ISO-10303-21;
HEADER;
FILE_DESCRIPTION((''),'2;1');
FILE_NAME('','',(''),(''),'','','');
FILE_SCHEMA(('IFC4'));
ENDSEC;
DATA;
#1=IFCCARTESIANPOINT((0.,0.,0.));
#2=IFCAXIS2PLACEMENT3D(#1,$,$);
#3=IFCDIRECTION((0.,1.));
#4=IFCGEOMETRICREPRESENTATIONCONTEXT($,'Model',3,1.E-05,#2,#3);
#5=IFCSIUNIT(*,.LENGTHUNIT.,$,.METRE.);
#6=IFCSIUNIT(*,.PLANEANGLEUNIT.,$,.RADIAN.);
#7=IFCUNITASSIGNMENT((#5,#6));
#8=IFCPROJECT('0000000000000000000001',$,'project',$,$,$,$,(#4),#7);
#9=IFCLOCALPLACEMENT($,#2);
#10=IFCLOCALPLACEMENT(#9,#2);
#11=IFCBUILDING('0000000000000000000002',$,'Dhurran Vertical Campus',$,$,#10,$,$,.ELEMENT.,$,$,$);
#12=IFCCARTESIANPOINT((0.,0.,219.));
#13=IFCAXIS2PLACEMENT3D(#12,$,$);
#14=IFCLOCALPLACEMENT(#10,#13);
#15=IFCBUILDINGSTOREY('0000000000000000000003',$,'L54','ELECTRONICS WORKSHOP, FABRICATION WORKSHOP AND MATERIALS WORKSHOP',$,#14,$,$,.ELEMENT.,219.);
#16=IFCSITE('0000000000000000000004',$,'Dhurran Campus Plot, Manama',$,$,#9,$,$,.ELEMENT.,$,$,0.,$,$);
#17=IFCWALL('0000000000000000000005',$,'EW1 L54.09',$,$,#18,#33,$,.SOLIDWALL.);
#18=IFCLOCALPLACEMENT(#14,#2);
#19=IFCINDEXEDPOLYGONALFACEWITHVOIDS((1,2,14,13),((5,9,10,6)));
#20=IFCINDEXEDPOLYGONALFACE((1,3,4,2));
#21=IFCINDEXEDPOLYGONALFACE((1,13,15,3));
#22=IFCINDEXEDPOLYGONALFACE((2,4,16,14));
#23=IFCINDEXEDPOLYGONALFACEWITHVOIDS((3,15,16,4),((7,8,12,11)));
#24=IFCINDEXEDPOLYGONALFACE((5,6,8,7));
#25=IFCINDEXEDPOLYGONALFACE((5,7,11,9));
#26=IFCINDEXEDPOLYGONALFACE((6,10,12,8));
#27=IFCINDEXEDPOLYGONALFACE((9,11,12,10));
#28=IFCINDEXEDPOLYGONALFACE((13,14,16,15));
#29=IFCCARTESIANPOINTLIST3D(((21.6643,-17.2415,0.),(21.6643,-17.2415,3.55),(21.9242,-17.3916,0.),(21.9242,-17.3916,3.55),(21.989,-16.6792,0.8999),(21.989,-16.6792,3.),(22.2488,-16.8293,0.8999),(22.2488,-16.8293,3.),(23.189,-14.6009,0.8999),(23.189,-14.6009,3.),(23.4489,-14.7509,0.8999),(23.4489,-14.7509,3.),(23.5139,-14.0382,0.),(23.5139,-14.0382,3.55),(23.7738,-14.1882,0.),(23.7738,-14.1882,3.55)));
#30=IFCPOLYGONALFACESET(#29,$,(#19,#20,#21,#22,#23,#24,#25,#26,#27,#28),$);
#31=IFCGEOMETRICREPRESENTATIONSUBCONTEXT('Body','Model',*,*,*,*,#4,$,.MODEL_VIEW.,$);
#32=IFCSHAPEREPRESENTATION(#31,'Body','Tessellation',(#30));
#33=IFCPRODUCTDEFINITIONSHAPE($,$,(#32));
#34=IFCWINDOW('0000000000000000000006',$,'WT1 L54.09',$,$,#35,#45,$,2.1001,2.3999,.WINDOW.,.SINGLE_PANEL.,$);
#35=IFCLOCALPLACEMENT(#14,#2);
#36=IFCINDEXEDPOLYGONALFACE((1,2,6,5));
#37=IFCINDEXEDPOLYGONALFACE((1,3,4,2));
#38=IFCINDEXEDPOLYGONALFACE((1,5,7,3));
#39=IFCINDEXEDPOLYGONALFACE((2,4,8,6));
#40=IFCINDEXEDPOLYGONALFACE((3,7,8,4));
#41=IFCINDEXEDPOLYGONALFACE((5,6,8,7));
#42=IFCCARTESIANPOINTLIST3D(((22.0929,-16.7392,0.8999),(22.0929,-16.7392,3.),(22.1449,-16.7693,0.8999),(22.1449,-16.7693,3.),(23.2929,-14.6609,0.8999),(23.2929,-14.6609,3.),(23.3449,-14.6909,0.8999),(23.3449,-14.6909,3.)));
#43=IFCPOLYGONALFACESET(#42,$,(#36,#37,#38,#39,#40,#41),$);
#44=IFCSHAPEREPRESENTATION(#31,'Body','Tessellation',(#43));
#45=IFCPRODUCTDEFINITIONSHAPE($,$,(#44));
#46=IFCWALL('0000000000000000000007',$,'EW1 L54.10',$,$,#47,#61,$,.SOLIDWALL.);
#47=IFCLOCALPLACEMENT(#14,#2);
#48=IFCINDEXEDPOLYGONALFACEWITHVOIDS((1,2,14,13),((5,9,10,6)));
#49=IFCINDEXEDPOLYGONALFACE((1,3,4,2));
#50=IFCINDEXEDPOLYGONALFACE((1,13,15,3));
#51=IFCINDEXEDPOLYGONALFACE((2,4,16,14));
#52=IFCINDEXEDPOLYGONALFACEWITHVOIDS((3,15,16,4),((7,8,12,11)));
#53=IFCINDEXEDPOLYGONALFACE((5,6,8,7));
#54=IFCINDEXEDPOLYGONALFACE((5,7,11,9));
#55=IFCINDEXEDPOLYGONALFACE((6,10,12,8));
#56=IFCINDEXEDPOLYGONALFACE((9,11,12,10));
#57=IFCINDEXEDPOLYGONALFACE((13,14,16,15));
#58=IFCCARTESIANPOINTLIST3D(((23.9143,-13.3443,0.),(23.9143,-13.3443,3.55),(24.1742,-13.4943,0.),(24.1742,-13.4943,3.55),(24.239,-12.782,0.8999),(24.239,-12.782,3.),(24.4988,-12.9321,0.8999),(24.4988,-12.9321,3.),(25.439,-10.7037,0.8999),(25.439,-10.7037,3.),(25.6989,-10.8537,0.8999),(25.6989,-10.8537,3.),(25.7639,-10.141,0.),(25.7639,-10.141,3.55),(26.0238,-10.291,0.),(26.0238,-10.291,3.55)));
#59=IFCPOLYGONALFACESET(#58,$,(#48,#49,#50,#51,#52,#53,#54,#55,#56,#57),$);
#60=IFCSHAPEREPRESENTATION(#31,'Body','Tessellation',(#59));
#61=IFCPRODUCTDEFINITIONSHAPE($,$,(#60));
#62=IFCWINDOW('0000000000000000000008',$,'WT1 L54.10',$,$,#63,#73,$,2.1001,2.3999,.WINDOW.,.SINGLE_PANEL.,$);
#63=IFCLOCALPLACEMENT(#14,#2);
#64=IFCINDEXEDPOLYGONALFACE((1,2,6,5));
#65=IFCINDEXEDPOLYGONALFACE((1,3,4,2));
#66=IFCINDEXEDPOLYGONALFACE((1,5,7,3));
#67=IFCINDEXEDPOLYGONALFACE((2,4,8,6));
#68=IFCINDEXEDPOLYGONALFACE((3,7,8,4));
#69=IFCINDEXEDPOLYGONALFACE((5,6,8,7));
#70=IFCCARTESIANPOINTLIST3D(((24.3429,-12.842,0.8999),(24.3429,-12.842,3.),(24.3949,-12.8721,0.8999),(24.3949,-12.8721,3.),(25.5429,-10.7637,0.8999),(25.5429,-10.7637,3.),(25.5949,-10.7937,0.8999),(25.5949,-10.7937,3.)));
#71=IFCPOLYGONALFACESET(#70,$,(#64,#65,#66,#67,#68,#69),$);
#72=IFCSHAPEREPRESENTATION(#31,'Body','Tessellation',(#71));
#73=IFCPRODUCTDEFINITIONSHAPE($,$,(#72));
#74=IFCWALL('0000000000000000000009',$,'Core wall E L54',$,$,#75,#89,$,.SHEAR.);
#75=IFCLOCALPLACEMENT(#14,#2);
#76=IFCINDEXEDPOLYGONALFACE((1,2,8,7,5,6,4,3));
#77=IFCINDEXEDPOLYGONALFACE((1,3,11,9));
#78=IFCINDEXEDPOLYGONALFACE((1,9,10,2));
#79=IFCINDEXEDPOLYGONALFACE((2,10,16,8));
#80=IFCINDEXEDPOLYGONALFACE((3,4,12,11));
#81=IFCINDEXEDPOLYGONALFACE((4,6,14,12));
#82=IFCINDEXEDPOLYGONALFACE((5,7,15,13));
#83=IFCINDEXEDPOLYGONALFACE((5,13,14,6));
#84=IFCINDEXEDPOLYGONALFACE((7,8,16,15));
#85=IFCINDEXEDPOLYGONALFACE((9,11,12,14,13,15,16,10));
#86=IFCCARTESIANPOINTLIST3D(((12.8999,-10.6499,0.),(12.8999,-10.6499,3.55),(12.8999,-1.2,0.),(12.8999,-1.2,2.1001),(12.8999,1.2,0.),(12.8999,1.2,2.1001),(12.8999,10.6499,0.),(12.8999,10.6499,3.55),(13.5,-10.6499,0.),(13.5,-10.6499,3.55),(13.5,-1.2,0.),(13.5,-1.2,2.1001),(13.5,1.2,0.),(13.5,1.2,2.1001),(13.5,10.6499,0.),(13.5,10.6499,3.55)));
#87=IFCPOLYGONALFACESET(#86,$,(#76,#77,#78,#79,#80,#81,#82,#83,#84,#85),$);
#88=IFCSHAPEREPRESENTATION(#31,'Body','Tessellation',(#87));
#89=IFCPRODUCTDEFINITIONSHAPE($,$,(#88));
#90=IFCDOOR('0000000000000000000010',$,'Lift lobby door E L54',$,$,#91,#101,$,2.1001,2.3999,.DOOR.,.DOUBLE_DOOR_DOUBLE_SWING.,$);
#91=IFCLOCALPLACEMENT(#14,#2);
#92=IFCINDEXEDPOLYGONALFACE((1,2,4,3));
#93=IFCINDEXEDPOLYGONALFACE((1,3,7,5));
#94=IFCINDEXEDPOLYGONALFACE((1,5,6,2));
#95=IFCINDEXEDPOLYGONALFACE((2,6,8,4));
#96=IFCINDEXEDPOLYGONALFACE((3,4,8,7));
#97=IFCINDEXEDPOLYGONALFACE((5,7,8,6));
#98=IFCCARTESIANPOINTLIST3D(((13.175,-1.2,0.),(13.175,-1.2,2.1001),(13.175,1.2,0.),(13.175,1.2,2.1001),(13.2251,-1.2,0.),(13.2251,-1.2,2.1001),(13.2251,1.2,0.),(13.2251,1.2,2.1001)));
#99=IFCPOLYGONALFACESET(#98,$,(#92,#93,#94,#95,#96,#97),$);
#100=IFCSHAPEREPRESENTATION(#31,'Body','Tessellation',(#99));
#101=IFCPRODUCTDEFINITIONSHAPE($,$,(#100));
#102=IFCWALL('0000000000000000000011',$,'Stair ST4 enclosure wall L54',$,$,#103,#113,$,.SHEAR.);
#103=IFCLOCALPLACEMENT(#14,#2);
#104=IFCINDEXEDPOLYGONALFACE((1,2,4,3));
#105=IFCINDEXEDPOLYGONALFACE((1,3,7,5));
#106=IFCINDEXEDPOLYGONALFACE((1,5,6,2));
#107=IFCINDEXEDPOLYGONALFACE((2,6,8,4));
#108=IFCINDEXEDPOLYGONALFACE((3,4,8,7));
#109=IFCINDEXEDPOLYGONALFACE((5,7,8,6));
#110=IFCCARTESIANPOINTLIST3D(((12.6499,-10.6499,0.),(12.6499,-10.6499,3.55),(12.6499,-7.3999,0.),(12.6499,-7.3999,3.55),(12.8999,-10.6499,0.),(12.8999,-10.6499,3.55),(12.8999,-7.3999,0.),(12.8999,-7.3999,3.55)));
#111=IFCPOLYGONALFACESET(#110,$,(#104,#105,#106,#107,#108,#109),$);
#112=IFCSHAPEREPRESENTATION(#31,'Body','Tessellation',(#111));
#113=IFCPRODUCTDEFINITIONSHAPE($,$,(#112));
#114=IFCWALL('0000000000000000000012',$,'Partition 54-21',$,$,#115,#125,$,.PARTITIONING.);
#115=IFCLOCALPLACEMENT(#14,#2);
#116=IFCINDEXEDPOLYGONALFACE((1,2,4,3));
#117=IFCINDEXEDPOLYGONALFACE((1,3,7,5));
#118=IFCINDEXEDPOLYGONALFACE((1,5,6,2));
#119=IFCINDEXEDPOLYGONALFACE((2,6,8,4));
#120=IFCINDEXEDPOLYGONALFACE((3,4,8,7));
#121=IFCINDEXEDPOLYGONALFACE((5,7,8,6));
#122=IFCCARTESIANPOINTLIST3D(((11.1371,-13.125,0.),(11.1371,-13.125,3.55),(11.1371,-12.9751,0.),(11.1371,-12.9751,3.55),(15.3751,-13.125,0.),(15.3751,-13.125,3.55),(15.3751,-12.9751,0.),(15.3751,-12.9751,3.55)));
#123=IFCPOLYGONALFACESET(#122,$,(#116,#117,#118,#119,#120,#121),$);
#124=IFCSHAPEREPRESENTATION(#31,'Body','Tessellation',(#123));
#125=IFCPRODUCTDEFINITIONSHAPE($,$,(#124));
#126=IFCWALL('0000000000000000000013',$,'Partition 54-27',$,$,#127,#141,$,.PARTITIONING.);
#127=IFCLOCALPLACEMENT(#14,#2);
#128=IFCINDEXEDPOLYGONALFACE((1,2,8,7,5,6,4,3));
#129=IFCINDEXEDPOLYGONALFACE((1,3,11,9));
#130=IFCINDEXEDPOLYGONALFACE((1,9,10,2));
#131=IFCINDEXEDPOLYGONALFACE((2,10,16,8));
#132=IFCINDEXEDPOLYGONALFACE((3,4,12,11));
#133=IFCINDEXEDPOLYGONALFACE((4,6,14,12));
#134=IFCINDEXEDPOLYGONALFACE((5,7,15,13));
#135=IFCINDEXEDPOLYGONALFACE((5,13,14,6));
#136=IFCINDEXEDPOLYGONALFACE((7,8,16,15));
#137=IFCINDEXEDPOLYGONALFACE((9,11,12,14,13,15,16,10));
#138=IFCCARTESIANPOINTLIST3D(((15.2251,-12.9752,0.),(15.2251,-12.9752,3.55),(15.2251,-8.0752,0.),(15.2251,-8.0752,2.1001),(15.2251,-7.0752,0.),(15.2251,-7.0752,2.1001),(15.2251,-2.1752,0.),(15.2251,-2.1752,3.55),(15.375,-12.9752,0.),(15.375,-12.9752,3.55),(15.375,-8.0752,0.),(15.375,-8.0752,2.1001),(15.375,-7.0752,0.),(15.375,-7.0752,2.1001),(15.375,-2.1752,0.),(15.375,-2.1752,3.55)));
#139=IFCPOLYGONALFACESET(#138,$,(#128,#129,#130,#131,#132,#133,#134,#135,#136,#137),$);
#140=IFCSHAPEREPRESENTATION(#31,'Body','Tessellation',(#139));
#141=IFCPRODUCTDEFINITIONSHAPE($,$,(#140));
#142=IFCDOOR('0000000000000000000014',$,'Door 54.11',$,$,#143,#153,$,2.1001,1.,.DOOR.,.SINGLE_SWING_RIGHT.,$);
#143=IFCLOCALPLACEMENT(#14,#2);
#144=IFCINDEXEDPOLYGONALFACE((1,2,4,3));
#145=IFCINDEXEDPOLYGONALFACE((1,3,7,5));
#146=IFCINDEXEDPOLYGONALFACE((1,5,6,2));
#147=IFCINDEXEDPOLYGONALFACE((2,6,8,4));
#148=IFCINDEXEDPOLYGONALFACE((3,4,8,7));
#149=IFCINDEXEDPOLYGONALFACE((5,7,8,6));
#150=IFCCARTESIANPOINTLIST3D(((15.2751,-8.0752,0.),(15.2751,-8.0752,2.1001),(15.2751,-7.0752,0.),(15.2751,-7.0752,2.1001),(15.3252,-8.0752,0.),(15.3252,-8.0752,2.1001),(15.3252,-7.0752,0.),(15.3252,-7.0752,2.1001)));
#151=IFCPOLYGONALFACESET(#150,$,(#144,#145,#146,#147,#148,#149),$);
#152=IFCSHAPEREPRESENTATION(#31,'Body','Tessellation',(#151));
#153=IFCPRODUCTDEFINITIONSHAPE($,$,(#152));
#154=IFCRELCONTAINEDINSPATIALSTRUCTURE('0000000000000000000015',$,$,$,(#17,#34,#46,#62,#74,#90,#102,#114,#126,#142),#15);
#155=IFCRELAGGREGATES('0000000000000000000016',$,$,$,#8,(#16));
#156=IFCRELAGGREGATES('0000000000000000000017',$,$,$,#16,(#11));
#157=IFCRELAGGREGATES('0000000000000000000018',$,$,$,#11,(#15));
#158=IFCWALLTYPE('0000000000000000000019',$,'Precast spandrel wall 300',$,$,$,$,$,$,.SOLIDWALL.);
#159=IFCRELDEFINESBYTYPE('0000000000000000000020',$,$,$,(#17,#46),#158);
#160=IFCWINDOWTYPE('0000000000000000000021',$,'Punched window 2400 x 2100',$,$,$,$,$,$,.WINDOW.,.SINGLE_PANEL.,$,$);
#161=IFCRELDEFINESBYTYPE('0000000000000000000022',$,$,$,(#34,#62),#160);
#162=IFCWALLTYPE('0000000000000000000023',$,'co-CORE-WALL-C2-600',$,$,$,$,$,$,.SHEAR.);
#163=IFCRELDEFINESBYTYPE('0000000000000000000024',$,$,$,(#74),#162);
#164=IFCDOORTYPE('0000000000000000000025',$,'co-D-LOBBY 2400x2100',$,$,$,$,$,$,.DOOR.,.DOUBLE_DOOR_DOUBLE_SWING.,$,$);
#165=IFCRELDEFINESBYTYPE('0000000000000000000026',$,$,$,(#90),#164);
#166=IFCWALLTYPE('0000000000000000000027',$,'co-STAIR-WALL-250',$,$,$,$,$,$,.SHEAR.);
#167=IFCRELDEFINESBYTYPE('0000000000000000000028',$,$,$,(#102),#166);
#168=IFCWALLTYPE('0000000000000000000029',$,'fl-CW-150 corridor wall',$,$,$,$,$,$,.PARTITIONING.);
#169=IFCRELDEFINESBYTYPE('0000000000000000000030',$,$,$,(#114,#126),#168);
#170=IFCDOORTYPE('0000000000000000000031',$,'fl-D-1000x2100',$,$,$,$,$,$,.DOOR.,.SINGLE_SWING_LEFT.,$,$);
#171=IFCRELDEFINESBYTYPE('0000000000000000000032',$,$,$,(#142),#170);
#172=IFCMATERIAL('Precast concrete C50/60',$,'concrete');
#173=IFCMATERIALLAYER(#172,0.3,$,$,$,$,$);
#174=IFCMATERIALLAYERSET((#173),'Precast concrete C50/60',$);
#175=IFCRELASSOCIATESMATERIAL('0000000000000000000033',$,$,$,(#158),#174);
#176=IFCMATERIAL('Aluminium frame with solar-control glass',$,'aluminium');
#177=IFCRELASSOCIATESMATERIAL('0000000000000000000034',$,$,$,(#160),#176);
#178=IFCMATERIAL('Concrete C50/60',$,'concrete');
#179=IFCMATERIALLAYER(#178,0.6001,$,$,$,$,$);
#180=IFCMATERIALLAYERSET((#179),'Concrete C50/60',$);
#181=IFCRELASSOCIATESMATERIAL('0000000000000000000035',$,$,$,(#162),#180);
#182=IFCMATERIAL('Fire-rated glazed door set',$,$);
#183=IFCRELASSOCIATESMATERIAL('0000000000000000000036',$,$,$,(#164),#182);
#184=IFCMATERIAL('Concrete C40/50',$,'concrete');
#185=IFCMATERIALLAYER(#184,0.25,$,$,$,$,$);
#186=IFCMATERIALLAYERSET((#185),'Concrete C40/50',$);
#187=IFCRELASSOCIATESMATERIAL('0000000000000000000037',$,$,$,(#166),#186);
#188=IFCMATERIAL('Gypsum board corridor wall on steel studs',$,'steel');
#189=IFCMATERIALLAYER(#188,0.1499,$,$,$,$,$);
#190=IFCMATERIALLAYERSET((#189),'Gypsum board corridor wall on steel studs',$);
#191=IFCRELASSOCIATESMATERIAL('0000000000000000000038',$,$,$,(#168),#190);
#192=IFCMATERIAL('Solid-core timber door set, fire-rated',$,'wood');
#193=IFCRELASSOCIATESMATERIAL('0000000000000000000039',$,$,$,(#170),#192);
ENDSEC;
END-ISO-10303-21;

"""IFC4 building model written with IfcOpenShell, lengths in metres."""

from ifc_helpers import new_model, si_unit, direction, frame, frame_2d, origin, place, context, subcontext, project, spatial, rectangle, extrude, material, layer, layer_set, type_object, element, fill, save


model = new_model("IFC4")

# Units and contexts
model_context = context("Model", 3, precision=1e-05, world=origin(), true_north=direction((0.0, 1.0)))
body_context = subcontext(model_context, "Body", "Model", "MODEL_VIEW")
ifc_project = project(units=[si_unit("LENGTHUNIT", "METRE"), si_unit("PLANEANGLEUNIT", "RADIAN")], contexts=[model_context])

# Site, building, storey
site_placement = place(None, origin())
site = spatial("IfcSite", under=ifc_project, at=site_placement, Name="Dhurran Campus Plot, Manama", CompositionType="ELEMENT", RefElevation=0.0)
building_placement = place(site_placement, origin())
building = spatial("IfcBuilding", under=site, at=building_placement, Name="Dhurran Vertical Campus", CompositionType="ELEMENT")
storey_placement = place(building_placement, frame((0.0, 0.0, 219.0)))
storey = spatial("IfcBuildingStorey", under=building, at=storey_placement, Name="L54", Description="ELECTRONICS WORKSHOP, FABRICATION WORKSHOP AND MATERIALS WORKSHOP", CompositionType="ELEMENT", Elevation=219.0)

# Walls, openings, windows
ifc_material_1 = material(Name="Precast concrete C50/60", Category="concrete")
ifc_layer_1 = layer(ifc_material_1, 0.3)
ifc_layer_set_1 = layer_set([ifc_layer_1], Name="Precast concrete C50/60")
wall_type_1 = type_object("IfcWallType", Name="Precast spandrel wall 300", PredefinedType="SOLIDWALL", material=ifc_layer_set_1)
ifc_material_2 = material(Name="Aluminium frame with solar-control glass", Category="aluminium")
window_type = type_object("IfcWindowType", Name="Punched window 2400 x 2100", PartitioningType="SINGLE_PANEL", PredefinedType="WINDOW", material=ifc_material_2)
wall_1_placement = place(storey_placement, frame((21.7942, -17.3167, 0.0), z_axis=(0.0, 0.0, 1.0), x_axis=(0.500029, 0.866009, 0.0)))
wall_1 = element("IfcWall", 1, at=wall_1_placement, inside=storey, type_object=wall_type_1, Name="EW1 L54.09", PredefinedType="SOLIDWALL", context=body_context, shape_type="SweptSolid", body=[
    extrude(rectangle(XDim=3.699, YDim=0.3, at=frame_2d((1.8496, 0.0))), origin(), (0.0, 0.0, 1.0), 3.55),
])
opening_1_placement = place(wall_1_placement, frame((0.6494, 0.0, 0.8999)))
opening_1 = element("IfcOpeningElement", 2, at=opening_1_placement, cuts=wall_1, PredefinedType="OPENING", context=body_context, shape_type="SweptSolid", body=[
    extrude(rectangle(XDim=2.3999, YDim=2.1001, at=frame_2d((1.2, 1.05))), frame((0.0, 0.1599, 0.0), z_axis=(0.0, -1.0, 0.0), x_axis=(1.0, 0.0, 0.0)), (0.0, 0.0, 1.0), 0.3201),
])
window_1_placement = place(opening_1_placement, origin())
window_1 = element("IfcWindow", 3, at=window_1_placement, inside=storey, type_object=window_type, Name="WT1 L54.09", OverallHeight=2.1001, OverallWidth=2.3999, PartitioningType="SINGLE_PANEL", PredefinedType="WINDOW", context=body_context, shape_type="SweptSolid", body=[
    extrude(rectangle(XDim=2.3999, YDim=2.1001, at=frame_2d((1.2, 1.05))), frame((0.0, 0.03, 0.0), z_axis=(0.0, -1.0, 0.0), x_axis=(1.0, 0.0, 0.0)), (0.0, 0.0, 1.0), 0.0601),
])
fill(opening_1, window_1)
wall_2_placement = place(storey_placement, frame((24.0442, -13.4194, 0.0), z_axis=(0.0, 0.0, 1.0), x_axis=(0.500029, 0.866009, 0.0)))
wall_2 = element("IfcWall", 4, at=wall_2_placement, inside=storey, type_object=wall_type_1, Name="EW1 L54.10", PredefinedType="SOLIDWALL", context=body_context, shape_type="SweptSolid", body=[
    extrude(rectangle(XDim=3.699, YDim=0.3, at=frame_2d((1.8496, 0.0))), origin(), (0.0, 0.0, 1.0), 3.55),
])
opening_2_placement = place(wall_2_placement, frame((0.6494, 0.0, 0.8999)))
opening_2 = element("IfcOpeningElement", 5, at=opening_2_placement, cuts=wall_2, PredefinedType="OPENING", context=body_context, shape_type="SweptSolid", body=[
    extrude(rectangle(XDim=2.3999, YDim=2.1001, at=frame_2d((1.2, 1.05))), frame((0.0, 0.1599, 0.0), z_axis=(0.0, -1.0, 0.0), x_axis=(1.0, 0.0, 0.0)), (0.0, 0.0, 1.0), 0.3201),
])
window_2_placement = place(opening_2_placement, origin())
window_2 = element("IfcWindow", 6, at=window_2_placement, inside=storey, type_object=window_type, Name="WT1 L54.10", OverallHeight=2.1001, OverallWidth=2.3999, PartitioningType="SINGLE_PANEL", PredefinedType="WINDOW", context=body_context, shape_type="SweptSolid", body=[
    extrude(rectangle(XDim=2.3999, YDim=2.1001, at=frame_2d((1.2, 1.05))), frame((0.0, 0.03, 0.0), z_axis=(0.0, -1.0, 0.0), x_axis=(1.0, 0.0, 0.0)), (0.0, 0.0, 1.0), 0.0601),
])
fill(opening_2, window_2)

# Wall, opening, door
ifc_material_3 = material(Name="Concrete C50/60", Category="concrete")
ifc_layer_2 = layer(ifc_material_3, 0.6001)
ifc_layer_set_2 = layer_set([ifc_layer_2], Name="Concrete C50/60")
wall_type_2 = type_object("IfcWallType", Name="co-CORE-WALL-C2-600", PredefinedType="SHEAR", material=ifc_layer_set_2)
wall_3_placement = place(storey_placement, frame((13.2, -10.6499, 0.0), z_axis=(0.0, 0.0, 1.0), x_axis=(0.0, 1.0, 0.0)))
wall_3 = element("IfcWall", 7, at=wall_3_placement, inside=storey, type_object=wall_type_2, Name="Core wall E L54", PredefinedType="SHEAR", context=body_context, shape_type="SweptSolid", body=[
    extrude(rectangle(XDim=21.2998, YDim=0.6001, at=frame_2d((10.6499, 0.0))), origin(), (0.0, 0.0, 1.0), 3.55),
])
opening_3_placement = place(wall_3_placement, frame((9.45, 0.0, 0.0)))
opening_3 = element("IfcOpeningElement", 8, at=opening_3_placement, cuts=wall_3, PredefinedType="OPENING", context=body_context, shape_type="SweptSolid", body=[
    extrude(rectangle(XDim=2.3999, YDim=2.1001, at=frame_2d((1.2, 1.05))), frame((0.0, 0.3101, 0.0), z_axis=(0.0, -1.0, 0.0), x_axis=(1.0, 0.0, 0.0)), (0.0, 0.0, 1.0), 0.6201),
])
ifc_material_4 = material(Name="Fire-rated glazed door set")
door_type_1 = type_object("IfcDoorType", Name="co-D-LOBBY 2400x2100", OperationType="DOUBLE_DOOR_DOUBLE_SWING", PredefinedType="DOOR", material=ifc_material_4)
door_1_placement = place(opening_3_placement, origin())
door_1 = element("IfcDoor", 9, at=door_1_placement, inside=storey, type_object=door_type_1, Name="Lift lobby door E L54", OperationType="DOUBLE_DOOR_DOUBLE_SWING", OverallHeight=2.1001, OverallWidth=2.3999, PredefinedType="DOOR", context=body_context, shape_type="SweptSolid", body=[
    extrude(rectangle(XDim=2.3999, YDim=2.1001, at=frame_2d((1.2, 1.05))), frame((0.0, 0.0249, 0.0), z_axis=(0.0, -1.0, 0.0), x_axis=(1.0, 0.0, 0.0)), (0.0, 0.0, 1.0), 0.05),
])
fill(opening_3, door_1)

# Walls
ifc_material_5 = material(Name="Concrete C40/50", Category="concrete")
ifc_layer_3 = layer(ifc_material_5, 0.25)
ifc_layer_set_3 = layer_set([ifc_layer_3], Name="Concrete C40/50")
wall_type_3 = type_object("IfcWallType", Name="co-STAIR-WALL-250", PredefinedType="SHEAR", material=ifc_layer_set_3)
wall_4_placement = place(storey_placement, frame((12.7749, -10.6499, 0.0), z_axis=(0.0, 0.0, 1.0), x_axis=(0.0, 1.0, 0.0)))
element("IfcWall", 10, at=wall_4_placement, inside=storey, type_object=wall_type_3, Name="Stair ST4 enclosure wall L54", PredefinedType="SHEAR", context=body_context, shape_type="SweptSolid", body=[
    extrude(rectangle(XDim=3.25, YDim=0.25, at=frame_2d((1.625, 0.0))), origin(), (0.0, 0.0, 1.0), 3.55),
])
ifc_material_6 = material(Name="Gypsum board corridor wall on steel studs", Category="steel")
ifc_layer_4 = layer(ifc_material_6, 0.1499)
ifc_layer_set_4 = layer_set([ifc_layer_4], Name="Gypsum board corridor wall on steel studs")
wall_type_4 = type_object("IfcWallType", Name="fl-CW-150 corridor wall", PredefinedType="PARTITIONING", material=ifc_layer_set_4)
wall_5_placement = place(storey_placement, frame((11.137, -13.05, 0.0), z_axis=(0.0, 0.0, 1.0), x_axis=(1.0, 0.0, 0.0)))
element("IfcWall", 11, at=wall_5_placement, inside=storey, type_object=wall_type_4, Name="Partition 54-21", PredefinedType="PARTITIONING", context=body_context, shape_type="SweptSolid", body=[
    extrude(rectangle(XDim=4.238, YDim=0.1499, at=frame_2d((2.1191, 0.0))), origin(), (0.0, 0.0, 1.0), 3.55),
])

# Wall, opening, door
wall_6_placement = place(storey_placement, frame((15.3, -12.9751, 0.0), z_axis=(0.0, 0.0, 1.0), x_axis=(0.0, 1.0, 0.0)))
wall_6 = element("IfcWall", 12, at=wall_6_placement, inside=storey, type_object=wall_type_4, Name="Partition 54-27", PredefinedType="PARTITIONING", context=body_context, shape_type="SweptSolid", body=[
    extrude(rectangle(XDim=10.8, YDim=0.1499, at=frame_2d((5.3999, 0.0))), origin(), (0.0, 0.0, 1.0), 3.55),
])
opening_4_placement = place(wall_6_placement, frame((4.8999, 0.0, 0.0)))
opening_4 = element("IfcOpeningElement", 13, at=opening_4_placement, cuts=wall_6, PredefinedType="OPENING", context=body_context, shape_type="SweptSolid", body=[
    extrude(rectangle(XDim=1.0, YDim=2.1001, at=frame_2d((0.5, 1.05))), frame((0.0, 0.085, 0.0), z_axis=(0.0, -1.0, 0.0), x_axis=(1.0, 0.0, 0.0)), (0.0, 0.0, 1.0), 0.1699),
])
ifc_material_7 = material(Name="Solid-core timber door set, fire-rated", Category="wood")
door_type_2 = type_object("IfcDoorType", Name="fl-D-1000x2100", OperationType="SINGLE_SWING_LEFT", PredefinedType="DOOR", material=ifc_material_7)
door_2_placement = place(opening_4_placement, origin())
door_2 = element("IfcDoor", 14, at=door_2_placement, inside=storey, type_object=door_type_2, Name="Door 54.11", OperationType="SINGLE_SWING_RIGHT", OverallHeight=2.1001, OverallWidth=1.0, PredefinedType="DOOR", context=body_context, shape_type="SweptSolid", body=[
    extrude(rectangle(XDim=1.0, YDim=2.1001, at=frame_2d((0.5, 1.05))), frame((0.0, 0.0249, 0.0), z_axis=(0.0, -1.0, 0.0), x_axis=(1.0, 0.0, 0.0)), (0.0, 0.0, 1.0), 0.05),
])
fill(opening_4, door_2)

save(model, "model.ifc")
